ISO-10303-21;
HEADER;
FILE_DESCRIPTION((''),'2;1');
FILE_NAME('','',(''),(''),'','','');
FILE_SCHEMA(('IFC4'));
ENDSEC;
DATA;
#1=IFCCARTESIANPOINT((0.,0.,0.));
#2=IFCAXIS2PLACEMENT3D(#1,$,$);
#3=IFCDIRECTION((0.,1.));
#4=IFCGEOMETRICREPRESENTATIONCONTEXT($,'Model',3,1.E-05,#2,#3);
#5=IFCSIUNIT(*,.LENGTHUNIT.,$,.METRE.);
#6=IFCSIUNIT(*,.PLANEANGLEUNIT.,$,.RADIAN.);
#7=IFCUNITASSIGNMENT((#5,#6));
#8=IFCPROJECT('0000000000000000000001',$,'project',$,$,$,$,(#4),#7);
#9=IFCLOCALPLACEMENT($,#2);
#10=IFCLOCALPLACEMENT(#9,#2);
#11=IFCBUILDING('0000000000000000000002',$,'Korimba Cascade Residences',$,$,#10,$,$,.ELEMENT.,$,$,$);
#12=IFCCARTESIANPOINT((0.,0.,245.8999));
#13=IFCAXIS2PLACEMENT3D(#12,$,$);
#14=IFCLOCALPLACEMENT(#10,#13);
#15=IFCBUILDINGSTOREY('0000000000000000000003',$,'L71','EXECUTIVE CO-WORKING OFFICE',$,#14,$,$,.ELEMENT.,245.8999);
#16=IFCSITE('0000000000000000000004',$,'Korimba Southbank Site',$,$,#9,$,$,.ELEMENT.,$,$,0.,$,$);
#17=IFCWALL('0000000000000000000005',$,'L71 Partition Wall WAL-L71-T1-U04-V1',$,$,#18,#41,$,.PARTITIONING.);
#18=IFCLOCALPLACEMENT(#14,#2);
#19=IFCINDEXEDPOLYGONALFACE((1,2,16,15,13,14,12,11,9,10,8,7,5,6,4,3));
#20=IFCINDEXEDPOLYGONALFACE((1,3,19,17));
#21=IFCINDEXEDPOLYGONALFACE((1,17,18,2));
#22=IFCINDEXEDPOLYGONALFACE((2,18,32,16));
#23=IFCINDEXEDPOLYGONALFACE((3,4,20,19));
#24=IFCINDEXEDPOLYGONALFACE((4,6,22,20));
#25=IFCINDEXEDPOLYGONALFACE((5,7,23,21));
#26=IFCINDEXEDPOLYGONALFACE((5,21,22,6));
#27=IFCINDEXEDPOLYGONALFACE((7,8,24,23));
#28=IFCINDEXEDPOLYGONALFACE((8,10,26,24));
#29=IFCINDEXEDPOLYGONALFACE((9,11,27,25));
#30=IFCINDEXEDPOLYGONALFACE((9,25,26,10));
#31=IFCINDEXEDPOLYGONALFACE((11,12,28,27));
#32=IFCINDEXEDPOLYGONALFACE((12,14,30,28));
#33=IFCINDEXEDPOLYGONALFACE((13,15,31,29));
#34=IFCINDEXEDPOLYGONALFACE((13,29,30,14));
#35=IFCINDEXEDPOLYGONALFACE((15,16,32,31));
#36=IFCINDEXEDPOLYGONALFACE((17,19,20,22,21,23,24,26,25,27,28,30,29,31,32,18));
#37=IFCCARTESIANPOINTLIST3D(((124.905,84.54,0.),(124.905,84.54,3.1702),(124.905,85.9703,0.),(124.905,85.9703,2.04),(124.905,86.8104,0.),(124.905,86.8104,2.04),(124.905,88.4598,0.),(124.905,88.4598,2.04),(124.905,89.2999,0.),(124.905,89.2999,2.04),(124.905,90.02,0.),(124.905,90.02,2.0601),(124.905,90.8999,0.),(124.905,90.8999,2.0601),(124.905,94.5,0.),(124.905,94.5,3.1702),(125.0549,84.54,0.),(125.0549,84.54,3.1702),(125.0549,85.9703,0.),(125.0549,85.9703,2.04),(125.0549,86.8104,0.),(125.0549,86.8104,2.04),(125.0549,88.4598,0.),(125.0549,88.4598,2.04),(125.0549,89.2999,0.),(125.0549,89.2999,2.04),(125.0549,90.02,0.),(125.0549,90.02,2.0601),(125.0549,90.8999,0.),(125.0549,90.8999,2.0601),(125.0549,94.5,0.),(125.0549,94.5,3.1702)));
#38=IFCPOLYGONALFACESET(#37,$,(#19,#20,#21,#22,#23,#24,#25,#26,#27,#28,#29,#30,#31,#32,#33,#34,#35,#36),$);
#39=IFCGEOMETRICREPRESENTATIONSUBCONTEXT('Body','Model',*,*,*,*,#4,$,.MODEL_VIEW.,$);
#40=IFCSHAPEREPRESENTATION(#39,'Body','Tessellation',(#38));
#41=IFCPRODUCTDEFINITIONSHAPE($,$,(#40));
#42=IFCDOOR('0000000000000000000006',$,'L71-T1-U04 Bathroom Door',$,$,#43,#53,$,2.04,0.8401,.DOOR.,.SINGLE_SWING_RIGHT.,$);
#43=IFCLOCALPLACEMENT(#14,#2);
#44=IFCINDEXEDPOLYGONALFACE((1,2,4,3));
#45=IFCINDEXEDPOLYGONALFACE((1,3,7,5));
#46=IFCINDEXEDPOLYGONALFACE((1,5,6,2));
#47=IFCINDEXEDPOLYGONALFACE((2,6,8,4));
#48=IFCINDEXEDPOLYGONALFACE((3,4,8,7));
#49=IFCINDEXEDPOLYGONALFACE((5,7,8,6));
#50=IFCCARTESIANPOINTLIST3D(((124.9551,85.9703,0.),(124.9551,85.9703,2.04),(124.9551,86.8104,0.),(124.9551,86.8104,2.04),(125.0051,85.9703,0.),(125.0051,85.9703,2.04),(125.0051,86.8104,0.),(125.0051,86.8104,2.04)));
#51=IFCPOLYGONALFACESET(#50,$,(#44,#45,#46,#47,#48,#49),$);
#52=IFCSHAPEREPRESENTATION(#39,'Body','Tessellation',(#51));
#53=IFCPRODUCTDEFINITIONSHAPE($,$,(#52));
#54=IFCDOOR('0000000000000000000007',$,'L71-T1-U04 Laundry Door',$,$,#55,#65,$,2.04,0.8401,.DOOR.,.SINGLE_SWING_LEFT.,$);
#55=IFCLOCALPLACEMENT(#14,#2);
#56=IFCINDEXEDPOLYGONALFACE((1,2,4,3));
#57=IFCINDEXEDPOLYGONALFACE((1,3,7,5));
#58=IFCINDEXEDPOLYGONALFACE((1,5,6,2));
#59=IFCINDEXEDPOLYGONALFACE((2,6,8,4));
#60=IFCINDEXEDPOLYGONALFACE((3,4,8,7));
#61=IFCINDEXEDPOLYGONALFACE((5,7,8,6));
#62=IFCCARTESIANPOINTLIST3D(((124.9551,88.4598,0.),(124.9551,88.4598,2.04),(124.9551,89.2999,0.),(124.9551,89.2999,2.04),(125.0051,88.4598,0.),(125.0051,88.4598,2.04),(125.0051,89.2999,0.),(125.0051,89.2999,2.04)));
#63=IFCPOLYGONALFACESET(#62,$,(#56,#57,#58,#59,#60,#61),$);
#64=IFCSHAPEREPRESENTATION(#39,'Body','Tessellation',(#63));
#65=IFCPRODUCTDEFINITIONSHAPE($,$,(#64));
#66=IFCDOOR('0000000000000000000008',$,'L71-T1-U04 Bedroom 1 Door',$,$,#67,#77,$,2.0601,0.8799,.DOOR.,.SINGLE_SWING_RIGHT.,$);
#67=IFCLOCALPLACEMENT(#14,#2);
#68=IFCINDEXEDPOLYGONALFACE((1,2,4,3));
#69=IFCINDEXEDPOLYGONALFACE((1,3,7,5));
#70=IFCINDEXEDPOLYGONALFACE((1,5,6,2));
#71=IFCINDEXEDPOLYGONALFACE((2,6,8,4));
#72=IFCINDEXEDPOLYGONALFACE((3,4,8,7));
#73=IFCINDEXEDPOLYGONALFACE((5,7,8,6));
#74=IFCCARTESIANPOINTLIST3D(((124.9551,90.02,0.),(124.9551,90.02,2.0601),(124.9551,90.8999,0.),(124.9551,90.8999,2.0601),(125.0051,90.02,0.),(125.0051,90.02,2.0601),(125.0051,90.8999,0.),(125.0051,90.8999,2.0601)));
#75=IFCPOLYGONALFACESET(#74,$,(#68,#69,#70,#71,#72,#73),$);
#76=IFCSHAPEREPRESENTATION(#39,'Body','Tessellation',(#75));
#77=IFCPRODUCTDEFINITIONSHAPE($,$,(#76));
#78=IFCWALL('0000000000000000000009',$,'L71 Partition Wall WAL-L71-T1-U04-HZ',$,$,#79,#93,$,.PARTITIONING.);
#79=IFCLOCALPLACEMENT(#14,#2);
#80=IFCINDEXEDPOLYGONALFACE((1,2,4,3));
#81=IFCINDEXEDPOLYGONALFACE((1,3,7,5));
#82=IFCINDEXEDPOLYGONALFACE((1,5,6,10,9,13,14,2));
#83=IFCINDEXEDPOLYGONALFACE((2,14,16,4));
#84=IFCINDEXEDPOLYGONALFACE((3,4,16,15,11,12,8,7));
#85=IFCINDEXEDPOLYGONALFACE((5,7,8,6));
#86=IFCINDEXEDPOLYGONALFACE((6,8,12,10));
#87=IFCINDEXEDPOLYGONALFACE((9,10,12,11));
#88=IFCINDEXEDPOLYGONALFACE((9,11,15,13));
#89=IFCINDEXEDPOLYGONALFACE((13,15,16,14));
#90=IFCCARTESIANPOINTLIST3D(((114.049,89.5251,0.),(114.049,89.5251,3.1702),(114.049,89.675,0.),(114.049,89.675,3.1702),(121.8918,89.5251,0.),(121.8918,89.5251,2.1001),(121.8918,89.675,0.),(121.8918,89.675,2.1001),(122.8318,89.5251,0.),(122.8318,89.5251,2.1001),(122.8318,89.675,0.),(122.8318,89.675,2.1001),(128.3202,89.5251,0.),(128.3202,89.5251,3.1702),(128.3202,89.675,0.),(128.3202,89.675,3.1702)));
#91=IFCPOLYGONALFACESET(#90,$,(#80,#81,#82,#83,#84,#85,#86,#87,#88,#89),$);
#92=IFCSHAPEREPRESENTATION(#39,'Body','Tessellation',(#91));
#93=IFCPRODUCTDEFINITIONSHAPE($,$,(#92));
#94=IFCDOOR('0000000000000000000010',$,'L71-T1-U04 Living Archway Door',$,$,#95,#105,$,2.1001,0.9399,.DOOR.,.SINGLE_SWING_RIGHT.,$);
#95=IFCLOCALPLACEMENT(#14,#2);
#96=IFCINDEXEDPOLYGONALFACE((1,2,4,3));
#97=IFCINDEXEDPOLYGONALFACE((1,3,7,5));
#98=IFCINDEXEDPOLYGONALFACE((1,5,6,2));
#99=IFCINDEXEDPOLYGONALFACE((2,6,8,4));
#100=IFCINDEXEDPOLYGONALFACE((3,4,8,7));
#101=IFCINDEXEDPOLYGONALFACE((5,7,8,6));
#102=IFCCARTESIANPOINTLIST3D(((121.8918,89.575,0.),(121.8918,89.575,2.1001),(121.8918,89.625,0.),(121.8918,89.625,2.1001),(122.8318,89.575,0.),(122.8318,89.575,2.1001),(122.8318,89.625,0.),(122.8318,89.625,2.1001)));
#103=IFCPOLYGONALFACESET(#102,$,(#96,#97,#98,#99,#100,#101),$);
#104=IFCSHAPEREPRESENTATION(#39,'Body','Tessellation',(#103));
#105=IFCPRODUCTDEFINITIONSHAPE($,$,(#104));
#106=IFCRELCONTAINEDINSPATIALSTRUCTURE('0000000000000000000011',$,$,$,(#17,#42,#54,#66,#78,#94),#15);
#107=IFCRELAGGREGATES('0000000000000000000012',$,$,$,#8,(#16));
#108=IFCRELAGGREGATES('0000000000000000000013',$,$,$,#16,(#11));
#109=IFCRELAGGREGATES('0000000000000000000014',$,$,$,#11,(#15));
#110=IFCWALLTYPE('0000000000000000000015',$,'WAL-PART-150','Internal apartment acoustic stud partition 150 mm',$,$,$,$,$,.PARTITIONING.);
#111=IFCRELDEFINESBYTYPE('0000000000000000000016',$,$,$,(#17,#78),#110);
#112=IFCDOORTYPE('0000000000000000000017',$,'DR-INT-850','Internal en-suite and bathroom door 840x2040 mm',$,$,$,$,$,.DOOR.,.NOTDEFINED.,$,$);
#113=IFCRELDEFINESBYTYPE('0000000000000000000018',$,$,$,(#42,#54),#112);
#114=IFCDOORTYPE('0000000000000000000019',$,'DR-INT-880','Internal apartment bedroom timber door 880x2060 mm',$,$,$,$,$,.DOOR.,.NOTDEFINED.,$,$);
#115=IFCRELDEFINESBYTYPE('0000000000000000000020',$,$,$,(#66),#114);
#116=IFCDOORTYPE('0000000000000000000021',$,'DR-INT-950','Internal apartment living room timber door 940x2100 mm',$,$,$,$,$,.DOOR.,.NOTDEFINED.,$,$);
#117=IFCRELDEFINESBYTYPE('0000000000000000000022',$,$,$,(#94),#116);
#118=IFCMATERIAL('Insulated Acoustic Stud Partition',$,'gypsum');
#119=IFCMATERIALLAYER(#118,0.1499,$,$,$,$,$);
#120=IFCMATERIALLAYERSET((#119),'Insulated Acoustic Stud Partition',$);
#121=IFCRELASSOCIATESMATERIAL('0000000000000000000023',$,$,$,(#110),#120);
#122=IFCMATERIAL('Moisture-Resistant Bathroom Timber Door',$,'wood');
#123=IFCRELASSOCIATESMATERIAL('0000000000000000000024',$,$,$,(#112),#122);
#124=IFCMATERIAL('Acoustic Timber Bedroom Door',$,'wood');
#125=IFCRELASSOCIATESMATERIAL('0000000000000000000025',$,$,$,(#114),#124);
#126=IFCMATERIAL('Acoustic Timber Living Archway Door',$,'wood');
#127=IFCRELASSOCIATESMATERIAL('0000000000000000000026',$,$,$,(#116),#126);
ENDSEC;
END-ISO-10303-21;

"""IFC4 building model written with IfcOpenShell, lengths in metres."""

from ifc_helpers import new_model, si_unit, direction, frame, frame_2d, origin, place, context, subcontext, project, spatial, rectangle, extrude, material, layer, layer_set, type_object, element, fill, save


model = new_model("IFC4")

# Units and contexts
model_context = context("Model", 3, precision=1e-05, world=origin(), true_north=direction((0.0, 1.0)))
body_context = subcontext(model_context, "Body", "Model", "MODEL_VIEW")
ifc_project = project(units=[si_unit("LENGTHUNIT", "METRE"), si_unit("PLANEANGLEUNIT", "RADIAN")], contexts=[model_context])

# Site, building, storey
site_placement = place(None, origin())
site = spatial("IfcSite", under=ifc_project, at=site_placement, Name="Korimba Southbank Site", CompositionType="ELEMENT", RefElevation=0.0)
building_placement = place(site_placement, origin())
building = spatial("IfcBuilding", under=site, at=building_placement, Name="Korimba Cascade Residences", CompositionType="ELEMENT")
storey_placement = place(building_placement, frame((0.0, 0.0, 245.8999)))
storey = spatial("IfcBuildingStorey", under=building, at=storey_placement, Name="L71", Description="EXECUTIVE CO-WORKING OFFICE", CompositionType="ELEMENT", Elevation=245.8999)

# Shared definitions
ifc_material_1 = material(Name="Insulated Acoustic Stud Partition", Category="gypsum")
ifc_layer_1 = layer(ifc_material_1, 0.1499)
ifc_layer_set_1 = layer_set([ifc_layer_1], Name="Insulated Acoustic Stud Partition")
wall_type_1 = type_object("IfcWallType", Name="WAL-PART-150", Description="Internal apartment acoustic stud partition 150 mm", PredefinedType="PARTITIONING", material=ifc_layer_set_1)

# Wall, openings, doors
wall_1_placement = place(storey_placement, frame((124.98, 84.54, 0.0), z_axis=(0.0, 0.0, 1.0), x_axis=(0.0, 1.0, 0.0)))
wall_1 = element("IfcWall", 1, at=wall_1_placement, inside=storey, type_object=wall_type_1, Name="L71 Partition Wall WAL-L71-T1-U04-V1", PredefinedType="PARTITIONING", context=body_context, shape_type="SweptSolid", body=[
    extrude(rectangle(XDim=9.96, YDim=0.1499, at=frame_2d((4.98, 0.0))), origin(), (0.0, 0.0, 1.0), 3.1702),
])
opening_1_placement = place(wall_1_placement, frame((1.4304, 0.0, 0.0)))
opening_1 = element("IfcOpeningElement", 2, at=opening_1_placement, cuts=wall_1, PredefinedType="OPENING", context=body_context, shape_type="SweptSolid", body=[
    extrude(rectangle(XDim=0.8401, YDim=2.04, at=frame_2d((0.4199, 1.02))), frame((0.0, 0.085, 0.0), z_axis=(0.0, -1.0, 0.0), x_axis=(1.0, 0.0, 0.0)), (0.0, 0.0, 1.0), 0.1699),
])
opening_2_placement = place(wall_1_placement, frame((3.9199, 0.0, 0.0)))
opening_2 = element("IfcOpeningElement", 3, at=opening_2_placement, cuts=wall_1, PredefinedType="OPENING", context=body_context, shape_type="SweptSolid", body=[
    extrude(rectangle(XDim=0.8401, YDim=2.04, at=frame_2d((0.4199, 1.02))), frame((0.0, 0.085, 0.0), z_axis=(0.0, -1.0, 0.0), x_axis=(1.0, 0.0, 0.0)), (0.0, 0.0, 1.0), 0.1699),
])
opening_3_placement = place(wall_1_placement, frame((5.48, 0.0, 0.0)))
opening_3 = element("IfcOpeningElement", 4, at=opening_3_placement, cuts=wall_1, PredefinedType="OPENING", context=body_context, shape_type="SweptSolid", body=[
    extrude(rectangle(XDim=0.8799, YDim=2.0601, at=frame_2d((0.4399, 1.03))), frame((0.0, 0.085, 0.0), z_axis=(0.0, -1.0, 0.0), x_axis=(1.0, 0.0, 0.0)), (0.0, 0.0, 1.0), 0.1699),
])
ifc_material_2 = material(Name="Moisture-Resistant Bathroom Timber Door", Category="wood")
door_type_1 = type_object("IfcDoorType", Name="DR-INT-850", Description="Internal en-suite and bathroom door 840x2040 mm", OperationType="NOTDEFINED", PredefinedType="DOOR", material=ifc_material_2)
door_1_placement = place(opening_1_placement, origin())
door_1 = element("IfcDoor", 5, at=door_1_placement, inside=storey, type_object=door_type_1, Name="L71-T1-U04 Bathroom Door", OperationType="SINGLE_SWING_RIGHT", OverallHeight=2.04, OverallWidth=0.8401, PredefinedType="DOOR", context=body_context, shape_type="SweptSolid", body=[
    extrude(rectangle(XDim=0.8401, YDim=2.04, at=frame_2d((0.4199, 1.02))), frame((0.0, 0.0249, 0.0), z_axis=(0.0, -1.0, 0.0), x_axis=(1.0, 0.0, 0.0)), (0.0, 0.0, 1.0), 0.05),
])
fill(opening_1, door_1)
door_2_placement = place(opening_2_placement, origin())
door_2 = element("IfcDoor", 6, at=door_2_placement, inside=storey, type_object=door_type_1, Name="L71-T1-U04 Laundry Door", OperationType="SINGLE_SWING_LEFT", OverallHeight=2.04, OverallWidth=0.8401, PredefinedType="DOOR", context=body_context, shape_type="SweptSolid", body=[
    extrude(rectangle(XDim=0.8401, YDim=2.04, at=frame_2d((0.4199, 1.02))), frame((0.0, 0.0249, 0.0), z_axis=(0.0, -1.0, 0.0), x_axis=(1.0, 0.0, 0.0)), (0.0, 0.0, 1.0), 0.05),
])
fill(opening_2, door_2)
ifc_material_3 = material(Name="Acoustic Timber Bedroom Door", Category="wood")
door_type_2 = type_object("IfcDoorType", Name="DR-INT-880", Description="Internal apartment bedroom timber door 880x2060 mm", OperationType="NOTDEFINED", PredefinedType="DOOR", material=ifc_material_3)
door_3_placement = place(opening_3_placement, origin())
door_3 = element("IfcDoor", 7, at=door_3_placement, inside=storey, type_object=door_type_2, Name="L71-T1-U04 Bedroom 1 Door", OperationType="SINGLE_SWING_RIGHT", OverallHeight=2.0601, OverallWidth=0.8799, PredefinedType="DOOR", context=body_context, shape_type="SweptSolid", body=[
    extrude(rectangle(XDim=0.8799, YDim=2.0601, at=frame_2d((0.4399, 1.03))), frame((0.0, 0.0249, 0.0), z_axis=(0.0, -1.0, 0.0), x_axis=(1.0, 0.0, 0.0)), (0.0, 0.0, 1.0), 0.05),
])
fill(opening_3, door_3)

# Wall, opening, door
wall_2_placement = place(storey_placement, frame((114.0488, 89.6001, 0.0), z_axis=(0.0, 0.0, 1.0), x_axis=(1.0, 0.0, 0.0)))
wall_2 = element("IfcWall", 8, at=wall_2_placement, inside=storey, type_object=wall_type_1, Name="L71 Partition Wall WAL-L71-T1-U04-HZ", PredefinedType="PARTITIONING", context=body_context, shape_type="SweptSolid", body=[
    extrude(rectangle(XDim=14.2712, YDim=0.1499, at=frame_2d((7.1357, 0.0))), origin(), (0.0, 0.0, 1.0), 3.1702),
])
opening_4_placement = place(wall_2_placement, frame((7.843, 0.0, 0.0)))
opening_4 = element("IfcOpeningElement", 9, at=opening_4_placement, cuts=wall_2, PredefinedType="OPENING", context=body_context, shape_type="SweptSolid", body=[
    extrude(rectangle(XDim=0.9399, YDim=2.1001, at=frame_2d((0.47, 1.05))), frame((0.0, 0.085, 0.0), z_axis=(0.0, -1.0, 0.0), x_axis=(1.0, 0.0, 0.0)), (0.0, 0.0, 1.0), 0.1699),
])
ifc_material_4 = material(Name="Acoustic Timber Living Archway Door", Category="wood")
door_type_3 = type_object("IfcDoorType", Name="DR-INT-950", Description="Internal apartment living room timber door 940x2100 mm", OperationType="NOTDEFINED", PredefinedType="DOOR", material=ifc_material_4)
door_4_placement = place(opening_4_placement, origin())
door_4 = element("IfcDoor", 10, at=door_4_placement, inside=storey, type_object=door_type_3, Name="L71-T1-U04 Living Archway Door", OperationType="SINGLE_SWING_RIGHT", OverallHeight=2.1001, OverallWidth=0.9399, PredefinedType="DOOR", context=body_context, shape_type="SweptSolid", body=[
    extrude(rectangle(XDim=0.9399, YDim=2.1001, at=frame_2d((0.47, 1.05))), frame((0.0, 0.0249, 0.0), z_axis=(0.0, -1.0, 0.0), x_axis=(1.0, 0.0, 0.0)), (0.0, 0.0, 1.0), 0.05),
])
fill(opening_4, door_4)

save(model, "model.ifc")
